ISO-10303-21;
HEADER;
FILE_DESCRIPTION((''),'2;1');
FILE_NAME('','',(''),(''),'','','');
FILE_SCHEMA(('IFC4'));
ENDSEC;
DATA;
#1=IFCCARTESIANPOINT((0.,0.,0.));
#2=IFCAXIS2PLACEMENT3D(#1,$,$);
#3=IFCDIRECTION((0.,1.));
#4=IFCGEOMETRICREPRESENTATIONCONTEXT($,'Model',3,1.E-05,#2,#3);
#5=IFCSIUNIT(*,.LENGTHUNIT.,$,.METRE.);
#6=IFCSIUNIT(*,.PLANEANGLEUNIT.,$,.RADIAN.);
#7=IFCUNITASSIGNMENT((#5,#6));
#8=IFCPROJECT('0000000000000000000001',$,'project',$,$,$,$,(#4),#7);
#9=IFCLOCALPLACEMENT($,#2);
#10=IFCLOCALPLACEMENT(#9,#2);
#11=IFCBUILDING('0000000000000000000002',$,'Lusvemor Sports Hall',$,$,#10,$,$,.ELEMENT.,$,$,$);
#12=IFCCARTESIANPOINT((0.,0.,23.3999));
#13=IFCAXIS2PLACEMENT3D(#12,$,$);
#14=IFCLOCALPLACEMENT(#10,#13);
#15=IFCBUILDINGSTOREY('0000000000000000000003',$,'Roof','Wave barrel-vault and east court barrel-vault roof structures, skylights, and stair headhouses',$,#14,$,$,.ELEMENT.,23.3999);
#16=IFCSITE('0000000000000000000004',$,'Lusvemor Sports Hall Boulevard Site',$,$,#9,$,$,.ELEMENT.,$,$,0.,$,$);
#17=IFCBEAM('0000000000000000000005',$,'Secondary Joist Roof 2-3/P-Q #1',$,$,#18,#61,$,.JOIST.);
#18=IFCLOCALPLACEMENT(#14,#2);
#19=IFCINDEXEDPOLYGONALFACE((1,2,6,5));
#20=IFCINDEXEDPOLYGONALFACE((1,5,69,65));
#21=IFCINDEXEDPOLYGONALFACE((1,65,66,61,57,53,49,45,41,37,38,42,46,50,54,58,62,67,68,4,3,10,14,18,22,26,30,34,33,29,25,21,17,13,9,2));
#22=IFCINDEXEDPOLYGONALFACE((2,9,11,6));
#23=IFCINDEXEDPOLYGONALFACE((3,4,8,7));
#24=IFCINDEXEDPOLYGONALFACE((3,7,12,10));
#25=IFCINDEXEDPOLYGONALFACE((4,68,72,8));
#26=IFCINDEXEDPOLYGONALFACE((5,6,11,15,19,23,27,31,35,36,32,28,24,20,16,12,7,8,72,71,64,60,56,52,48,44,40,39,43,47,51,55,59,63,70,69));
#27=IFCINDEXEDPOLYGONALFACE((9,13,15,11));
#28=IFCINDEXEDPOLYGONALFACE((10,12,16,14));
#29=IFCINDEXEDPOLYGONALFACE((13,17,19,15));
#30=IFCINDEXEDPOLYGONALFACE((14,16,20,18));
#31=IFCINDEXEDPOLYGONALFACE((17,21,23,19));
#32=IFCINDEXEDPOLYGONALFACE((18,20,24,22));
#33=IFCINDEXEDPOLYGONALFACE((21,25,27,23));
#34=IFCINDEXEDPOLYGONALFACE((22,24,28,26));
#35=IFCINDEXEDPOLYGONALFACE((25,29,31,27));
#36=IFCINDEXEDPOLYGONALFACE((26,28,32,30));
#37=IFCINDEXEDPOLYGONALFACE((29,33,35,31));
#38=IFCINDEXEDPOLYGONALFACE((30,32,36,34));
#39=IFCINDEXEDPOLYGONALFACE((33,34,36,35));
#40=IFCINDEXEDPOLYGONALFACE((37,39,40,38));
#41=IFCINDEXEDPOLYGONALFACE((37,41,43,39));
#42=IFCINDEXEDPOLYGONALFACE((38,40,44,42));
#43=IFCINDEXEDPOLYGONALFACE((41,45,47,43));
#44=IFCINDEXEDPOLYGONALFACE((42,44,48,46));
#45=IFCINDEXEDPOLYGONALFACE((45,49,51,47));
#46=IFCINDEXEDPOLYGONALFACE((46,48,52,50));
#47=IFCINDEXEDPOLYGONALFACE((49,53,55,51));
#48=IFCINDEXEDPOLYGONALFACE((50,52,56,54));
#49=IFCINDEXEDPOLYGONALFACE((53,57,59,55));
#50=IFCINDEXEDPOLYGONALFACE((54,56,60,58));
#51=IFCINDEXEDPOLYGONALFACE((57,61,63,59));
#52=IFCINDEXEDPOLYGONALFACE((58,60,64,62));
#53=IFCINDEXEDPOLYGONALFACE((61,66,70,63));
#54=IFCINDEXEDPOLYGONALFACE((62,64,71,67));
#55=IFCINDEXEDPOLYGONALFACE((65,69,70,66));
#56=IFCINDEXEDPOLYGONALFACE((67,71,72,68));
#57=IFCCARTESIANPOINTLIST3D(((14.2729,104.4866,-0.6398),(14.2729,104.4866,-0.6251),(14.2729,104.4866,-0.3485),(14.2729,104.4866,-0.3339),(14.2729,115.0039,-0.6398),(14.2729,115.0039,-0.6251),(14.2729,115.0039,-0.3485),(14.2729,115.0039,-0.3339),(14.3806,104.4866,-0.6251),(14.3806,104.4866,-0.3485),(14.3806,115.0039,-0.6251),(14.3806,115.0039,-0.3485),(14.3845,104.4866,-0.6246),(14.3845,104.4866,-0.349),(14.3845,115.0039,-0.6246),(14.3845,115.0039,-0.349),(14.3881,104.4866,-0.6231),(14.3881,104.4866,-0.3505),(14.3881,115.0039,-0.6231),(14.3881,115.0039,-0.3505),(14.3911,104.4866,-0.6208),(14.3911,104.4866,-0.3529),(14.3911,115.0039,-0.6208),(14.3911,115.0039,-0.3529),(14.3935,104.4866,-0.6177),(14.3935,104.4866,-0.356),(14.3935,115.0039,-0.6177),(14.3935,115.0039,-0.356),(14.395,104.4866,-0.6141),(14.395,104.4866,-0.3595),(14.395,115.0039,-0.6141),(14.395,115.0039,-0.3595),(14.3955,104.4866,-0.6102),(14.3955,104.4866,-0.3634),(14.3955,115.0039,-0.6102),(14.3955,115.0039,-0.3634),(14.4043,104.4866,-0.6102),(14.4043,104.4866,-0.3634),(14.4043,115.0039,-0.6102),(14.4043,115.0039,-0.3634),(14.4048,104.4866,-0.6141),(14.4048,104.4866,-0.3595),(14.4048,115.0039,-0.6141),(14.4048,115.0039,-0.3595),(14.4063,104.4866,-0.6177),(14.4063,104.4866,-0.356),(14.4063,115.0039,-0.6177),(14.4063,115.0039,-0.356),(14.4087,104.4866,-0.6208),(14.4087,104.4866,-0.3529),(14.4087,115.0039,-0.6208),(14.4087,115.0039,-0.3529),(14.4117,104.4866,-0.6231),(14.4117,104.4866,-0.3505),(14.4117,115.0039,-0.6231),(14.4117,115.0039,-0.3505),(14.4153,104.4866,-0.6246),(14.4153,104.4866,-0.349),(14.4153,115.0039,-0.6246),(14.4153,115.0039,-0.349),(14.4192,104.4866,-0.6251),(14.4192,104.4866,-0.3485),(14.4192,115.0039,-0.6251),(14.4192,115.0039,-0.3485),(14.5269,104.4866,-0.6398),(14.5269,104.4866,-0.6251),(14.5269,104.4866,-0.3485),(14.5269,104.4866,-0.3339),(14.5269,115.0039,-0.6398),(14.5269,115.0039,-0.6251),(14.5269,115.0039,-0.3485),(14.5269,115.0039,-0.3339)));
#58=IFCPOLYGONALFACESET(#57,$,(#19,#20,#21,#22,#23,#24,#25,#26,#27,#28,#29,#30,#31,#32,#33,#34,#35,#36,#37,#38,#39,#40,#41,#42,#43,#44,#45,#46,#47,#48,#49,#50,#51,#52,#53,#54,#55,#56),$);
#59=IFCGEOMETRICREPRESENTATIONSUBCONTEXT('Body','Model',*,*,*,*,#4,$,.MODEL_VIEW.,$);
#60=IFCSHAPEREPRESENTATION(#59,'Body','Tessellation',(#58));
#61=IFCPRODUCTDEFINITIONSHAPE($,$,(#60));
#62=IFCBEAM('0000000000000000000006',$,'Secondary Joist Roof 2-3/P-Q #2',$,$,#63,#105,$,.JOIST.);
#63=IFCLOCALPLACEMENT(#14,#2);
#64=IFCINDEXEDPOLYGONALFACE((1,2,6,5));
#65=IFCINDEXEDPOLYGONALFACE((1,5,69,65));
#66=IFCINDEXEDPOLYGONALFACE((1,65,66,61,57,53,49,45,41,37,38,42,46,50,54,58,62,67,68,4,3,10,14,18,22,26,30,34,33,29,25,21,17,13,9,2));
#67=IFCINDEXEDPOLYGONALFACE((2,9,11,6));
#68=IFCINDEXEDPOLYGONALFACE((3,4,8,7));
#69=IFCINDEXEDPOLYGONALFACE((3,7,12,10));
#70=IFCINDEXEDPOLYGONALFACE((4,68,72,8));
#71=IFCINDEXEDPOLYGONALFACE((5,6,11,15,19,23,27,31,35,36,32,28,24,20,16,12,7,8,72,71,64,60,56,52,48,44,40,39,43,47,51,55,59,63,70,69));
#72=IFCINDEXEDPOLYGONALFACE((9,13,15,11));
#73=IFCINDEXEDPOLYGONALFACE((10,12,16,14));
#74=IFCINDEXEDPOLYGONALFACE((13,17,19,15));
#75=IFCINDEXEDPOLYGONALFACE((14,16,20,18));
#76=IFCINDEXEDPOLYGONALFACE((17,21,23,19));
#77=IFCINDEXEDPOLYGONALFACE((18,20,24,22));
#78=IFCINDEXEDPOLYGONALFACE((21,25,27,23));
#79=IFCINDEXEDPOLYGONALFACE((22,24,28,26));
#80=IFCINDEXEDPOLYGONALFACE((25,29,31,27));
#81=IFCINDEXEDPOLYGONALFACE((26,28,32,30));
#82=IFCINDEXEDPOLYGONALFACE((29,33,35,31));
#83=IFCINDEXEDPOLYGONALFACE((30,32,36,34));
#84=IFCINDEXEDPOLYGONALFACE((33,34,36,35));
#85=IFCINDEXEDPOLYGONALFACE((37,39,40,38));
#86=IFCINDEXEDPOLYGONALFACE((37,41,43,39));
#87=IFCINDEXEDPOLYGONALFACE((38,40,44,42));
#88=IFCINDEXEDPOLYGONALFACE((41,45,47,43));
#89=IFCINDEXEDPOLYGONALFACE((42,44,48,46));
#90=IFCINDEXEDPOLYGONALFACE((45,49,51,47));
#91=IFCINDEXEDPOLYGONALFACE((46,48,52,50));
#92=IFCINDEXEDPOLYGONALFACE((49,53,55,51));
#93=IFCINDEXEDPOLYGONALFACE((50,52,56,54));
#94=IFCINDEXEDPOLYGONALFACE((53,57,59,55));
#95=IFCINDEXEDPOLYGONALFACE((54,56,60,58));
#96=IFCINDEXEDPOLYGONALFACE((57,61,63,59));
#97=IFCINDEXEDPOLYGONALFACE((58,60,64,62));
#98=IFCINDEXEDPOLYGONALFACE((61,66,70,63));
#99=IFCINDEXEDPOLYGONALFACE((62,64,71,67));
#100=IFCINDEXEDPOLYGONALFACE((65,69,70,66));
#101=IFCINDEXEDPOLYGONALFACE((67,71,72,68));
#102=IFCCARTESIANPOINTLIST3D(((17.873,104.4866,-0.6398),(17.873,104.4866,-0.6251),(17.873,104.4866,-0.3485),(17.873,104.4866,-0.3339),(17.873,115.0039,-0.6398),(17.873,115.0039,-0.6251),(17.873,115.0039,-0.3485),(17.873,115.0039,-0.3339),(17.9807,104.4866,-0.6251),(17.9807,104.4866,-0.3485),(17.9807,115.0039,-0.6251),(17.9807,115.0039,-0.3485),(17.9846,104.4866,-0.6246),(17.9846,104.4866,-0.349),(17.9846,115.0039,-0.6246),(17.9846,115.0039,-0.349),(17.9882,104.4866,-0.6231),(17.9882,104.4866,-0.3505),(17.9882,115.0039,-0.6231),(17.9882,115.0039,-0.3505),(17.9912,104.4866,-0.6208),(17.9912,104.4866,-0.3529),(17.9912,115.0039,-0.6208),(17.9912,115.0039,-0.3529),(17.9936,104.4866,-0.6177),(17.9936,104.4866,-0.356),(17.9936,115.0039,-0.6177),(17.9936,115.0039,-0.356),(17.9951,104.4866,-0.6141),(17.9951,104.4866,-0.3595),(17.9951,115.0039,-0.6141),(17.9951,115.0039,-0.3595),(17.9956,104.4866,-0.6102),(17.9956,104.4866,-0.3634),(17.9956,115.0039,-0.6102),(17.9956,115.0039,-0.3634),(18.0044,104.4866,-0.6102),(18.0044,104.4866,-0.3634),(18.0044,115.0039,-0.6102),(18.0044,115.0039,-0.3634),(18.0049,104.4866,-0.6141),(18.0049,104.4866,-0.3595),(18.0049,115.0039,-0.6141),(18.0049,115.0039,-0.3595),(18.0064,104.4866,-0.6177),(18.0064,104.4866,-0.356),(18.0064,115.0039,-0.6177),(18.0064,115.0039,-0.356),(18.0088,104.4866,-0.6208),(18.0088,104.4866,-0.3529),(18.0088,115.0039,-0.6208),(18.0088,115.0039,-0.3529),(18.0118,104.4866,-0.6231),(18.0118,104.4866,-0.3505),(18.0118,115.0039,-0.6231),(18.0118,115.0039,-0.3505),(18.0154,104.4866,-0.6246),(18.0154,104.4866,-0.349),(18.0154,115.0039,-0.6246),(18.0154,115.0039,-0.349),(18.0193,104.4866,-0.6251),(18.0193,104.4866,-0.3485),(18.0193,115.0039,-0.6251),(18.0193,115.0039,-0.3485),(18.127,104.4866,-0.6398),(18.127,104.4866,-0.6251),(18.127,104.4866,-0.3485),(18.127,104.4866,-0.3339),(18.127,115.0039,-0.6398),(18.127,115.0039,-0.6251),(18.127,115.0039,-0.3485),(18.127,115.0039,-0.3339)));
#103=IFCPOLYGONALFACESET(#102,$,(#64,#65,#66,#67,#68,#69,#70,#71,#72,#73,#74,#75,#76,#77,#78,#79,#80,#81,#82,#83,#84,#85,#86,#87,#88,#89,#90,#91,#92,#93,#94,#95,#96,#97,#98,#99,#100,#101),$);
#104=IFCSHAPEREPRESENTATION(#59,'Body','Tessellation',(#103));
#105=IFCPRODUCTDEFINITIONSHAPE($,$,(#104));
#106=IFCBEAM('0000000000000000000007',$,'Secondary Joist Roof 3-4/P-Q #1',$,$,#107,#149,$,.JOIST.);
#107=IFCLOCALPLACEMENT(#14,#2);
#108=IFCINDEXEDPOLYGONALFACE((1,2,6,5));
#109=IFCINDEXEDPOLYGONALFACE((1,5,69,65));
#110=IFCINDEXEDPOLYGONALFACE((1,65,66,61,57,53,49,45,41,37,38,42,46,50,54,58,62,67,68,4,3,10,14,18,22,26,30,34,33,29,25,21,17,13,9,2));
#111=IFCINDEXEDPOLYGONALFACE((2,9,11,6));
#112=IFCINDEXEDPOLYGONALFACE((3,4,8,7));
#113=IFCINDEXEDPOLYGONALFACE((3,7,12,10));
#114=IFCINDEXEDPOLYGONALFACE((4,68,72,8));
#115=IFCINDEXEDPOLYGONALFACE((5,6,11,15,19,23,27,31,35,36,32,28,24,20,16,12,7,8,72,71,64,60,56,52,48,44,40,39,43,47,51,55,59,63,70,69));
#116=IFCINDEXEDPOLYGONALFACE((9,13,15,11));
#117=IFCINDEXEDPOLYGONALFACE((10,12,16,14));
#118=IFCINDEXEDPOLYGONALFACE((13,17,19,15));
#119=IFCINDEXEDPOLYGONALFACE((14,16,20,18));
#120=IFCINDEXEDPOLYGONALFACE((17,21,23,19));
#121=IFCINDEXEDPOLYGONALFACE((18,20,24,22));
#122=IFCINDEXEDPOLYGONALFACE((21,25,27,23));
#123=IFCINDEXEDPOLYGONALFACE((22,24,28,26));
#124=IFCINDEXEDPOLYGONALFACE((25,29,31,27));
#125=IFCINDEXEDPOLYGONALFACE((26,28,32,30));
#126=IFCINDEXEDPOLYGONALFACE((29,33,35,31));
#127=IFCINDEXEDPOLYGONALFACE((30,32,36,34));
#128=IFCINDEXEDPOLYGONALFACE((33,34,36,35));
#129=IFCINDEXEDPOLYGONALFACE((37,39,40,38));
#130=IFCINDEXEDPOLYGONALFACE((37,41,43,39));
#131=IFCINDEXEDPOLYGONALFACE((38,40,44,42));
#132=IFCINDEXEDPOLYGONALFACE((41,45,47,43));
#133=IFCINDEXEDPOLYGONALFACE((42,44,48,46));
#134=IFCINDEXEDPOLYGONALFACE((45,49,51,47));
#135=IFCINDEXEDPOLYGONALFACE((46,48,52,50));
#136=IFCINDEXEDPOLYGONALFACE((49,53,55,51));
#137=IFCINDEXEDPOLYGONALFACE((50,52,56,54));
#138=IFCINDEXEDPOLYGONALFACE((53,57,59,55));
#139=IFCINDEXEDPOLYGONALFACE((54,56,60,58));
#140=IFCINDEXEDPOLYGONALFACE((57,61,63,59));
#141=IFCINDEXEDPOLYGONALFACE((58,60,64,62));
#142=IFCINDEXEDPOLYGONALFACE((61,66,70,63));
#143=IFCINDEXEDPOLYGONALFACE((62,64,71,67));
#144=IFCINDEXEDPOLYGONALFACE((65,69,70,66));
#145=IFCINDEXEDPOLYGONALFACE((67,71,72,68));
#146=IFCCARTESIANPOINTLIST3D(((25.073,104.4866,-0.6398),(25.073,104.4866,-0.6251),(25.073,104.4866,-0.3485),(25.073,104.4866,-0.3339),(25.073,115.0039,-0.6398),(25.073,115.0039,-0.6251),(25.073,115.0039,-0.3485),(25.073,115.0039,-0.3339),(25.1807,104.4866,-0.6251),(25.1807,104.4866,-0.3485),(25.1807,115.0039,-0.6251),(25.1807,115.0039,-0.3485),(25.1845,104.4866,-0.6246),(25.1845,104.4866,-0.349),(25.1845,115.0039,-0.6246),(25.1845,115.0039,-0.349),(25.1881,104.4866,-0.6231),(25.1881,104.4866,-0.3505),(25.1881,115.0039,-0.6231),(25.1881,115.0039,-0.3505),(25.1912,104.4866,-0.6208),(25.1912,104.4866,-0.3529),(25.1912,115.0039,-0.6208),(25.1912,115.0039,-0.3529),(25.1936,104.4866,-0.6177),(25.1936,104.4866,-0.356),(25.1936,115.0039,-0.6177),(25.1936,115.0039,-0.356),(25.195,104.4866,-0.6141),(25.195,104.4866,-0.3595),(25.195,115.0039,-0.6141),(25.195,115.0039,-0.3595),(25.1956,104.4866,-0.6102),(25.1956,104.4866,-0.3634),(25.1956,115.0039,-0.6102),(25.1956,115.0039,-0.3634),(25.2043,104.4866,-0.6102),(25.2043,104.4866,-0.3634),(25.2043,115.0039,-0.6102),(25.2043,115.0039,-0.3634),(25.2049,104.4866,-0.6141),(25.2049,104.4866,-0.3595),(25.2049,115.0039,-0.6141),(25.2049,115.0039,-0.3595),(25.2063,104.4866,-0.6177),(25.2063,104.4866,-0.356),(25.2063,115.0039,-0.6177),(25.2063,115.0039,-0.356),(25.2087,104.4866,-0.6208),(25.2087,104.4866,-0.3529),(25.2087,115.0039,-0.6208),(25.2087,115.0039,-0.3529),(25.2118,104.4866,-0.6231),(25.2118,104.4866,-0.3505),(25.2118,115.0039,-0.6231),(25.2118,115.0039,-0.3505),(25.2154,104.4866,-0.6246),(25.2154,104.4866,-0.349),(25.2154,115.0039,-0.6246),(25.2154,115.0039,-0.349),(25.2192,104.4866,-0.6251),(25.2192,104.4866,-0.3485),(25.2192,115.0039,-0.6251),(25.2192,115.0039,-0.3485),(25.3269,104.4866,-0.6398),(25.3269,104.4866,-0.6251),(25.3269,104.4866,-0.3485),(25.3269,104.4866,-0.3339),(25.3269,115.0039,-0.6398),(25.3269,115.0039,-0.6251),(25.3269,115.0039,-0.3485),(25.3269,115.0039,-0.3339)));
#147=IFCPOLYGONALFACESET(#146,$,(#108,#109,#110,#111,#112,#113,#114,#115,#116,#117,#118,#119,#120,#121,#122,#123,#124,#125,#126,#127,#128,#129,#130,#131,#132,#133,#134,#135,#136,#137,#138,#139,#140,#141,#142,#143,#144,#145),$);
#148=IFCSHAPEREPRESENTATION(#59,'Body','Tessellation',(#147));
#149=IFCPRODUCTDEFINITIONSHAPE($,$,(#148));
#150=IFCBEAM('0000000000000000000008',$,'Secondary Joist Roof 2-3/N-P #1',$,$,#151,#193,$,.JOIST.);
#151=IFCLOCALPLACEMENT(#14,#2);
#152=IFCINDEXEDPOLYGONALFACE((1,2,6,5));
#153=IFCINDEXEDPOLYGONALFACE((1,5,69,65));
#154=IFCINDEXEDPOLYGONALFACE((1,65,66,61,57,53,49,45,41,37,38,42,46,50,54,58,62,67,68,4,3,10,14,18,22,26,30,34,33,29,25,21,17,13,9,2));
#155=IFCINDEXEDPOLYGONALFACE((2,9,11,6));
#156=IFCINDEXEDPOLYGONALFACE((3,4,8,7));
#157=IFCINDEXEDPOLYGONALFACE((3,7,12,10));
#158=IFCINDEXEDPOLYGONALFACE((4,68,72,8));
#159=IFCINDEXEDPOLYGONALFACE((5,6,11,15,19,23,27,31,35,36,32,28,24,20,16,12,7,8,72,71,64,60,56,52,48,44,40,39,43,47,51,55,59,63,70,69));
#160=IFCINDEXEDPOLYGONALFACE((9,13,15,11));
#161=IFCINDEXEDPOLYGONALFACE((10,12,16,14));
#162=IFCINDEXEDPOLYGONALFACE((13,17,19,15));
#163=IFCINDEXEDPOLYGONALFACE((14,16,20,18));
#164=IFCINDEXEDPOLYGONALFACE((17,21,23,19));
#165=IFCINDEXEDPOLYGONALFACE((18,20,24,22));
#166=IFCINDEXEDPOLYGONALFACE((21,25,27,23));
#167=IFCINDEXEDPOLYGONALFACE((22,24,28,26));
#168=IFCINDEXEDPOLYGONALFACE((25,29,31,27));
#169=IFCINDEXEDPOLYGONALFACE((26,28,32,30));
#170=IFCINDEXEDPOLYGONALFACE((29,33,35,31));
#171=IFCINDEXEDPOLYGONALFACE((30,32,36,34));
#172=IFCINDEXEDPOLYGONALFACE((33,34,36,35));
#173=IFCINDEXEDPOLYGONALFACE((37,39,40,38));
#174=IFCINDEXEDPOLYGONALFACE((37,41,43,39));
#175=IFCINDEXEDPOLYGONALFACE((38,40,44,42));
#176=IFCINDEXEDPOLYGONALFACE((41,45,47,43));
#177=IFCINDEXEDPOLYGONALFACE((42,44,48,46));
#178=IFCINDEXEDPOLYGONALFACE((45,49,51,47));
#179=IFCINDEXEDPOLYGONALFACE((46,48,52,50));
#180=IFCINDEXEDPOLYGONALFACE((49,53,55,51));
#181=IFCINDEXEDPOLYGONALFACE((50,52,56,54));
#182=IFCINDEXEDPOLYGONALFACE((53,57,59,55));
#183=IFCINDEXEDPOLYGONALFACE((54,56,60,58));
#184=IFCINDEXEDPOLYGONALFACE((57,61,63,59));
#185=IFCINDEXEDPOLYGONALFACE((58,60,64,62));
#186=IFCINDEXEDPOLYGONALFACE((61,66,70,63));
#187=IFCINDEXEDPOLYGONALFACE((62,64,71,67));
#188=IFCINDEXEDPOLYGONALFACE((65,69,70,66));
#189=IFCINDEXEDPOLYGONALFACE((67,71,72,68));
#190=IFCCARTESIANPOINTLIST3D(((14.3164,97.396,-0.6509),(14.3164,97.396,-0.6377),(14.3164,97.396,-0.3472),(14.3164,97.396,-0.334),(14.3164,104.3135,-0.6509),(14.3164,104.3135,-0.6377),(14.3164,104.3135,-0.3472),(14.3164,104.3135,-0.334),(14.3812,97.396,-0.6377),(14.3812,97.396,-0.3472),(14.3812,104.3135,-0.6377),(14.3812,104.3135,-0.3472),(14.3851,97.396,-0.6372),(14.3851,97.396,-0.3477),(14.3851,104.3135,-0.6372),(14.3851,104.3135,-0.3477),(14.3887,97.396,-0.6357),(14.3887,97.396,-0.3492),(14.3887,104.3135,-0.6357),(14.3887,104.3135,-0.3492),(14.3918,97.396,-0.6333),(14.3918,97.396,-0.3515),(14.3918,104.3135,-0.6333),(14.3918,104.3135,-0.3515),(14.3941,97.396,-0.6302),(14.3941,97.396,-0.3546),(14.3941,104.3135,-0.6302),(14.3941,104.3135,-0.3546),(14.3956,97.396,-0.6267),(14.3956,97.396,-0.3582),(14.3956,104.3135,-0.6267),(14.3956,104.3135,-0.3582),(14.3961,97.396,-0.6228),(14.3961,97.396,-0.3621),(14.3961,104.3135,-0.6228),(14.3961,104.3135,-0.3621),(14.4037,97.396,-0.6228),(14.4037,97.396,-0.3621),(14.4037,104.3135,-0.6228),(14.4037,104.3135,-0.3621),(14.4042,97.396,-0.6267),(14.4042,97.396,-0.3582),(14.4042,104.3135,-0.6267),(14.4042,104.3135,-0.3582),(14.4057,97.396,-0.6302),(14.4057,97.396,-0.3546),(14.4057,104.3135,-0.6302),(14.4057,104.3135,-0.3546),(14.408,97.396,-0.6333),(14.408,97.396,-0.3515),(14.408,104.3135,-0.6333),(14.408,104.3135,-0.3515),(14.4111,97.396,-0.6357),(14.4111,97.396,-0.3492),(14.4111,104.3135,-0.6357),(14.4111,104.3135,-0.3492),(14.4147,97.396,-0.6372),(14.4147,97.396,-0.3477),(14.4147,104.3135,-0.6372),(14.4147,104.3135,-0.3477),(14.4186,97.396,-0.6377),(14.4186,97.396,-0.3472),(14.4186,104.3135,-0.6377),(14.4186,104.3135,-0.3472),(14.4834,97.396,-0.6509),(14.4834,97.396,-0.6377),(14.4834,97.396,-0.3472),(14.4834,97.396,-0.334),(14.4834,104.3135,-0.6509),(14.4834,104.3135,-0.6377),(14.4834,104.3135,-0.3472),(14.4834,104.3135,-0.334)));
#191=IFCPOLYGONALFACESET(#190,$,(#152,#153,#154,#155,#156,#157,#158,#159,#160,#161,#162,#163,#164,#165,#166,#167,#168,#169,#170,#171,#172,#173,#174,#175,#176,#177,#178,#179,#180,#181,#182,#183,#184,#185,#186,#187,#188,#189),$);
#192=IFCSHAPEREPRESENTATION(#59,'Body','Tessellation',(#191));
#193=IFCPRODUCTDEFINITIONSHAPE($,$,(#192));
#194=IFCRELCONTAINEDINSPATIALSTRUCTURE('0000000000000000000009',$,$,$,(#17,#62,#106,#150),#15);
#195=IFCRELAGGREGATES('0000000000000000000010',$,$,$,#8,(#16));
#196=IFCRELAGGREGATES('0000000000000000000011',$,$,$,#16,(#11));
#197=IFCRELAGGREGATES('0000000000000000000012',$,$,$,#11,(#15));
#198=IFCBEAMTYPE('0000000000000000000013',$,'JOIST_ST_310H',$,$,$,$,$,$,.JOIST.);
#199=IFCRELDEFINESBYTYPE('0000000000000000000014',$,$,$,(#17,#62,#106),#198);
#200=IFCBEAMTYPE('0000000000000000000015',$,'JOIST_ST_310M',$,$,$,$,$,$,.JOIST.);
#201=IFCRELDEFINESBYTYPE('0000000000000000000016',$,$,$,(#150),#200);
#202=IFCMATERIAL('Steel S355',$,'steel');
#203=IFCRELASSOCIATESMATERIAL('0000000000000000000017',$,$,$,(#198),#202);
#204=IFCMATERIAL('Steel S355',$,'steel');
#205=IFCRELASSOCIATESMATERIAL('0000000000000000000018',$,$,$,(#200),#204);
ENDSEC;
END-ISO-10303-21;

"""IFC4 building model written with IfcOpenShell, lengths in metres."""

from ifc_helpers import new_model, si_unit, direction, frame, origin, origin_2d, place, context, subcontext, project, spatial, i_section, extrude, material, material_profile, profile_set, type_object, element, save


model = new_model("IFC4")

# Units and contexts
model_context = context("Model", 3, precision=1e-05, world=origin(), true_north=direction((0.0, 1.0)))
body_context = subcontext(model_context, "Body", "Model", "MODEL_VIEW")
ifc_project = project(units=[si_unit("LENGTHUNIT", "METRE"), si_unit("PLANEANGLEUNIT", "RADIAN")], contexts=[model_context])

# Site, building, storey
site_placement = place(None, origin())
site = spatial("IfcSite", under=ifc_project, at=site_placement, Name="Lusvemor Sports Hall Boulevard Site", CompositionType="ELEMENT", RefElevation=0.0)
building_placement = place(site_placement, origin())
building = spatial("IfcBuilding", under=site, at=building_placement, Name="Lusvemor Sports Hall", CompositionType="ELEMENT")
storey_placement = place(building_placement, frame((0.0, 0.0, 23.3999)))
storey = spatial("IfcBuildingStorey", under=building, at=storey_placement, Name="Roof", Description="Wave barrel-vault and east court barrel-vault roof structures, skylights, and stair headhouses", CompositionType="ELEMENT", Elevation=23.3999)

# Beams
ifc_material_1 = material(Name="Steel S355", Category="steel")
ifc_material_profile_1 = material_profile(ifc_material_1, i_section(OverallWidth=0.2539, OverallDepth=0.3059, WebThickness=0.0088, FlangeThickness=0.0146, FilletRadius=0.0149, at=origin_2d()), Name="W310x79.0")
ifc_profile_set_1 = profile_set([ifc_material_profile_1], Name="Steel S355")
beam_type_1 = type_object("IfcBeamType", Name="JOIST_ST_310H", PredefinedType="JOIST", material=ifc_profile_set_1)
for number, where, z_axis, x_axis, name in (
    (1, (14.3999, 104.4866, -0.4868), (0.0, 1.0, 0.0), (-1.0, 0.0, 0.0), "Secondary Joist Roof 2-3/P-Q #1"),
    (2, (18.0, 104.4866, -0.4868), (0.0, 1.0, 0.0), (-1.0, 0.0, 0.0), "Secondary Joist Roof 2-3/P-Q #2"),
    (3, (25.2, 104.4866, -0.4868), (0.0, 1.0, 0.0), (-1.0, 0.0, 0.0), "Secondary Joist Roof 3-4/P-Q #1"),
):
    element("IfcBeam", number, at=place(storey_placement, frame(where, z_axis=z_axis, x_axis=x_axis)), inside=storey, type_object=beam_type_1, Name=name, PredefinedType="JOIST", context=body_context, shape_type="SweptSolid", body=[
        extrude(i_section(OverallWidth=0.2539, OverallDepth=0.3059, WebThickness=0.0088, FlangeThickness=0.0146, FilletRadius=0.0149, at=origin_2d()), origin(), (0.0, 0.0, 1.0), 10.5173),
    ])
ifc_material_2 = material(Name="Steel S355", Category="steel")
ifc_material_profile_2 = material_profile(ifc_material_2, i_section(OverallWidth=0.167, OverallDepth=0.3169, WebThickness=0.0076, FlangeThickness=0.0132, FilletRadius=0.0149, at=origin_2d()), Name="W310x52.0")
ifc_profile_set_2 = profile_set([ifc_material_profile_2], Name="Steel S355")
beam_type_2 = type_object("IfcBeamType", Name="JOIST_ST_310M", PredefinedType="JOIST", material=ifc_profile_set_2)
for number, where, z_axis, x_axis, name in (
    (4, (14.3999, 97.396, -0.4924), (0.0, 1.0, 0.0), (-1.0, 0.0, 0.0), "Secondary Joist Roof 2-3/N-P #1"),
):
    element("IfcBeam", number, at=place(storey_placement, frame(where, z_axis=z_axis, x_axis=x_axis)), inside=storey, type_object=beam_type_2, Name=name, PredefinedType="JOIST", context=body_context, shape_type="SweptSolid", body=[
        extrude(i_section(OverallWidth=0.167, OverallDepth=0.3169, WebThickness=0.0076, FlangeThickness=0.0132, FilletRadius=0.0149, at=origin_2d()), origin(), (0.0, 0.0, 1.0), 6.9175),
    ])

save(model, "model.ifc")
